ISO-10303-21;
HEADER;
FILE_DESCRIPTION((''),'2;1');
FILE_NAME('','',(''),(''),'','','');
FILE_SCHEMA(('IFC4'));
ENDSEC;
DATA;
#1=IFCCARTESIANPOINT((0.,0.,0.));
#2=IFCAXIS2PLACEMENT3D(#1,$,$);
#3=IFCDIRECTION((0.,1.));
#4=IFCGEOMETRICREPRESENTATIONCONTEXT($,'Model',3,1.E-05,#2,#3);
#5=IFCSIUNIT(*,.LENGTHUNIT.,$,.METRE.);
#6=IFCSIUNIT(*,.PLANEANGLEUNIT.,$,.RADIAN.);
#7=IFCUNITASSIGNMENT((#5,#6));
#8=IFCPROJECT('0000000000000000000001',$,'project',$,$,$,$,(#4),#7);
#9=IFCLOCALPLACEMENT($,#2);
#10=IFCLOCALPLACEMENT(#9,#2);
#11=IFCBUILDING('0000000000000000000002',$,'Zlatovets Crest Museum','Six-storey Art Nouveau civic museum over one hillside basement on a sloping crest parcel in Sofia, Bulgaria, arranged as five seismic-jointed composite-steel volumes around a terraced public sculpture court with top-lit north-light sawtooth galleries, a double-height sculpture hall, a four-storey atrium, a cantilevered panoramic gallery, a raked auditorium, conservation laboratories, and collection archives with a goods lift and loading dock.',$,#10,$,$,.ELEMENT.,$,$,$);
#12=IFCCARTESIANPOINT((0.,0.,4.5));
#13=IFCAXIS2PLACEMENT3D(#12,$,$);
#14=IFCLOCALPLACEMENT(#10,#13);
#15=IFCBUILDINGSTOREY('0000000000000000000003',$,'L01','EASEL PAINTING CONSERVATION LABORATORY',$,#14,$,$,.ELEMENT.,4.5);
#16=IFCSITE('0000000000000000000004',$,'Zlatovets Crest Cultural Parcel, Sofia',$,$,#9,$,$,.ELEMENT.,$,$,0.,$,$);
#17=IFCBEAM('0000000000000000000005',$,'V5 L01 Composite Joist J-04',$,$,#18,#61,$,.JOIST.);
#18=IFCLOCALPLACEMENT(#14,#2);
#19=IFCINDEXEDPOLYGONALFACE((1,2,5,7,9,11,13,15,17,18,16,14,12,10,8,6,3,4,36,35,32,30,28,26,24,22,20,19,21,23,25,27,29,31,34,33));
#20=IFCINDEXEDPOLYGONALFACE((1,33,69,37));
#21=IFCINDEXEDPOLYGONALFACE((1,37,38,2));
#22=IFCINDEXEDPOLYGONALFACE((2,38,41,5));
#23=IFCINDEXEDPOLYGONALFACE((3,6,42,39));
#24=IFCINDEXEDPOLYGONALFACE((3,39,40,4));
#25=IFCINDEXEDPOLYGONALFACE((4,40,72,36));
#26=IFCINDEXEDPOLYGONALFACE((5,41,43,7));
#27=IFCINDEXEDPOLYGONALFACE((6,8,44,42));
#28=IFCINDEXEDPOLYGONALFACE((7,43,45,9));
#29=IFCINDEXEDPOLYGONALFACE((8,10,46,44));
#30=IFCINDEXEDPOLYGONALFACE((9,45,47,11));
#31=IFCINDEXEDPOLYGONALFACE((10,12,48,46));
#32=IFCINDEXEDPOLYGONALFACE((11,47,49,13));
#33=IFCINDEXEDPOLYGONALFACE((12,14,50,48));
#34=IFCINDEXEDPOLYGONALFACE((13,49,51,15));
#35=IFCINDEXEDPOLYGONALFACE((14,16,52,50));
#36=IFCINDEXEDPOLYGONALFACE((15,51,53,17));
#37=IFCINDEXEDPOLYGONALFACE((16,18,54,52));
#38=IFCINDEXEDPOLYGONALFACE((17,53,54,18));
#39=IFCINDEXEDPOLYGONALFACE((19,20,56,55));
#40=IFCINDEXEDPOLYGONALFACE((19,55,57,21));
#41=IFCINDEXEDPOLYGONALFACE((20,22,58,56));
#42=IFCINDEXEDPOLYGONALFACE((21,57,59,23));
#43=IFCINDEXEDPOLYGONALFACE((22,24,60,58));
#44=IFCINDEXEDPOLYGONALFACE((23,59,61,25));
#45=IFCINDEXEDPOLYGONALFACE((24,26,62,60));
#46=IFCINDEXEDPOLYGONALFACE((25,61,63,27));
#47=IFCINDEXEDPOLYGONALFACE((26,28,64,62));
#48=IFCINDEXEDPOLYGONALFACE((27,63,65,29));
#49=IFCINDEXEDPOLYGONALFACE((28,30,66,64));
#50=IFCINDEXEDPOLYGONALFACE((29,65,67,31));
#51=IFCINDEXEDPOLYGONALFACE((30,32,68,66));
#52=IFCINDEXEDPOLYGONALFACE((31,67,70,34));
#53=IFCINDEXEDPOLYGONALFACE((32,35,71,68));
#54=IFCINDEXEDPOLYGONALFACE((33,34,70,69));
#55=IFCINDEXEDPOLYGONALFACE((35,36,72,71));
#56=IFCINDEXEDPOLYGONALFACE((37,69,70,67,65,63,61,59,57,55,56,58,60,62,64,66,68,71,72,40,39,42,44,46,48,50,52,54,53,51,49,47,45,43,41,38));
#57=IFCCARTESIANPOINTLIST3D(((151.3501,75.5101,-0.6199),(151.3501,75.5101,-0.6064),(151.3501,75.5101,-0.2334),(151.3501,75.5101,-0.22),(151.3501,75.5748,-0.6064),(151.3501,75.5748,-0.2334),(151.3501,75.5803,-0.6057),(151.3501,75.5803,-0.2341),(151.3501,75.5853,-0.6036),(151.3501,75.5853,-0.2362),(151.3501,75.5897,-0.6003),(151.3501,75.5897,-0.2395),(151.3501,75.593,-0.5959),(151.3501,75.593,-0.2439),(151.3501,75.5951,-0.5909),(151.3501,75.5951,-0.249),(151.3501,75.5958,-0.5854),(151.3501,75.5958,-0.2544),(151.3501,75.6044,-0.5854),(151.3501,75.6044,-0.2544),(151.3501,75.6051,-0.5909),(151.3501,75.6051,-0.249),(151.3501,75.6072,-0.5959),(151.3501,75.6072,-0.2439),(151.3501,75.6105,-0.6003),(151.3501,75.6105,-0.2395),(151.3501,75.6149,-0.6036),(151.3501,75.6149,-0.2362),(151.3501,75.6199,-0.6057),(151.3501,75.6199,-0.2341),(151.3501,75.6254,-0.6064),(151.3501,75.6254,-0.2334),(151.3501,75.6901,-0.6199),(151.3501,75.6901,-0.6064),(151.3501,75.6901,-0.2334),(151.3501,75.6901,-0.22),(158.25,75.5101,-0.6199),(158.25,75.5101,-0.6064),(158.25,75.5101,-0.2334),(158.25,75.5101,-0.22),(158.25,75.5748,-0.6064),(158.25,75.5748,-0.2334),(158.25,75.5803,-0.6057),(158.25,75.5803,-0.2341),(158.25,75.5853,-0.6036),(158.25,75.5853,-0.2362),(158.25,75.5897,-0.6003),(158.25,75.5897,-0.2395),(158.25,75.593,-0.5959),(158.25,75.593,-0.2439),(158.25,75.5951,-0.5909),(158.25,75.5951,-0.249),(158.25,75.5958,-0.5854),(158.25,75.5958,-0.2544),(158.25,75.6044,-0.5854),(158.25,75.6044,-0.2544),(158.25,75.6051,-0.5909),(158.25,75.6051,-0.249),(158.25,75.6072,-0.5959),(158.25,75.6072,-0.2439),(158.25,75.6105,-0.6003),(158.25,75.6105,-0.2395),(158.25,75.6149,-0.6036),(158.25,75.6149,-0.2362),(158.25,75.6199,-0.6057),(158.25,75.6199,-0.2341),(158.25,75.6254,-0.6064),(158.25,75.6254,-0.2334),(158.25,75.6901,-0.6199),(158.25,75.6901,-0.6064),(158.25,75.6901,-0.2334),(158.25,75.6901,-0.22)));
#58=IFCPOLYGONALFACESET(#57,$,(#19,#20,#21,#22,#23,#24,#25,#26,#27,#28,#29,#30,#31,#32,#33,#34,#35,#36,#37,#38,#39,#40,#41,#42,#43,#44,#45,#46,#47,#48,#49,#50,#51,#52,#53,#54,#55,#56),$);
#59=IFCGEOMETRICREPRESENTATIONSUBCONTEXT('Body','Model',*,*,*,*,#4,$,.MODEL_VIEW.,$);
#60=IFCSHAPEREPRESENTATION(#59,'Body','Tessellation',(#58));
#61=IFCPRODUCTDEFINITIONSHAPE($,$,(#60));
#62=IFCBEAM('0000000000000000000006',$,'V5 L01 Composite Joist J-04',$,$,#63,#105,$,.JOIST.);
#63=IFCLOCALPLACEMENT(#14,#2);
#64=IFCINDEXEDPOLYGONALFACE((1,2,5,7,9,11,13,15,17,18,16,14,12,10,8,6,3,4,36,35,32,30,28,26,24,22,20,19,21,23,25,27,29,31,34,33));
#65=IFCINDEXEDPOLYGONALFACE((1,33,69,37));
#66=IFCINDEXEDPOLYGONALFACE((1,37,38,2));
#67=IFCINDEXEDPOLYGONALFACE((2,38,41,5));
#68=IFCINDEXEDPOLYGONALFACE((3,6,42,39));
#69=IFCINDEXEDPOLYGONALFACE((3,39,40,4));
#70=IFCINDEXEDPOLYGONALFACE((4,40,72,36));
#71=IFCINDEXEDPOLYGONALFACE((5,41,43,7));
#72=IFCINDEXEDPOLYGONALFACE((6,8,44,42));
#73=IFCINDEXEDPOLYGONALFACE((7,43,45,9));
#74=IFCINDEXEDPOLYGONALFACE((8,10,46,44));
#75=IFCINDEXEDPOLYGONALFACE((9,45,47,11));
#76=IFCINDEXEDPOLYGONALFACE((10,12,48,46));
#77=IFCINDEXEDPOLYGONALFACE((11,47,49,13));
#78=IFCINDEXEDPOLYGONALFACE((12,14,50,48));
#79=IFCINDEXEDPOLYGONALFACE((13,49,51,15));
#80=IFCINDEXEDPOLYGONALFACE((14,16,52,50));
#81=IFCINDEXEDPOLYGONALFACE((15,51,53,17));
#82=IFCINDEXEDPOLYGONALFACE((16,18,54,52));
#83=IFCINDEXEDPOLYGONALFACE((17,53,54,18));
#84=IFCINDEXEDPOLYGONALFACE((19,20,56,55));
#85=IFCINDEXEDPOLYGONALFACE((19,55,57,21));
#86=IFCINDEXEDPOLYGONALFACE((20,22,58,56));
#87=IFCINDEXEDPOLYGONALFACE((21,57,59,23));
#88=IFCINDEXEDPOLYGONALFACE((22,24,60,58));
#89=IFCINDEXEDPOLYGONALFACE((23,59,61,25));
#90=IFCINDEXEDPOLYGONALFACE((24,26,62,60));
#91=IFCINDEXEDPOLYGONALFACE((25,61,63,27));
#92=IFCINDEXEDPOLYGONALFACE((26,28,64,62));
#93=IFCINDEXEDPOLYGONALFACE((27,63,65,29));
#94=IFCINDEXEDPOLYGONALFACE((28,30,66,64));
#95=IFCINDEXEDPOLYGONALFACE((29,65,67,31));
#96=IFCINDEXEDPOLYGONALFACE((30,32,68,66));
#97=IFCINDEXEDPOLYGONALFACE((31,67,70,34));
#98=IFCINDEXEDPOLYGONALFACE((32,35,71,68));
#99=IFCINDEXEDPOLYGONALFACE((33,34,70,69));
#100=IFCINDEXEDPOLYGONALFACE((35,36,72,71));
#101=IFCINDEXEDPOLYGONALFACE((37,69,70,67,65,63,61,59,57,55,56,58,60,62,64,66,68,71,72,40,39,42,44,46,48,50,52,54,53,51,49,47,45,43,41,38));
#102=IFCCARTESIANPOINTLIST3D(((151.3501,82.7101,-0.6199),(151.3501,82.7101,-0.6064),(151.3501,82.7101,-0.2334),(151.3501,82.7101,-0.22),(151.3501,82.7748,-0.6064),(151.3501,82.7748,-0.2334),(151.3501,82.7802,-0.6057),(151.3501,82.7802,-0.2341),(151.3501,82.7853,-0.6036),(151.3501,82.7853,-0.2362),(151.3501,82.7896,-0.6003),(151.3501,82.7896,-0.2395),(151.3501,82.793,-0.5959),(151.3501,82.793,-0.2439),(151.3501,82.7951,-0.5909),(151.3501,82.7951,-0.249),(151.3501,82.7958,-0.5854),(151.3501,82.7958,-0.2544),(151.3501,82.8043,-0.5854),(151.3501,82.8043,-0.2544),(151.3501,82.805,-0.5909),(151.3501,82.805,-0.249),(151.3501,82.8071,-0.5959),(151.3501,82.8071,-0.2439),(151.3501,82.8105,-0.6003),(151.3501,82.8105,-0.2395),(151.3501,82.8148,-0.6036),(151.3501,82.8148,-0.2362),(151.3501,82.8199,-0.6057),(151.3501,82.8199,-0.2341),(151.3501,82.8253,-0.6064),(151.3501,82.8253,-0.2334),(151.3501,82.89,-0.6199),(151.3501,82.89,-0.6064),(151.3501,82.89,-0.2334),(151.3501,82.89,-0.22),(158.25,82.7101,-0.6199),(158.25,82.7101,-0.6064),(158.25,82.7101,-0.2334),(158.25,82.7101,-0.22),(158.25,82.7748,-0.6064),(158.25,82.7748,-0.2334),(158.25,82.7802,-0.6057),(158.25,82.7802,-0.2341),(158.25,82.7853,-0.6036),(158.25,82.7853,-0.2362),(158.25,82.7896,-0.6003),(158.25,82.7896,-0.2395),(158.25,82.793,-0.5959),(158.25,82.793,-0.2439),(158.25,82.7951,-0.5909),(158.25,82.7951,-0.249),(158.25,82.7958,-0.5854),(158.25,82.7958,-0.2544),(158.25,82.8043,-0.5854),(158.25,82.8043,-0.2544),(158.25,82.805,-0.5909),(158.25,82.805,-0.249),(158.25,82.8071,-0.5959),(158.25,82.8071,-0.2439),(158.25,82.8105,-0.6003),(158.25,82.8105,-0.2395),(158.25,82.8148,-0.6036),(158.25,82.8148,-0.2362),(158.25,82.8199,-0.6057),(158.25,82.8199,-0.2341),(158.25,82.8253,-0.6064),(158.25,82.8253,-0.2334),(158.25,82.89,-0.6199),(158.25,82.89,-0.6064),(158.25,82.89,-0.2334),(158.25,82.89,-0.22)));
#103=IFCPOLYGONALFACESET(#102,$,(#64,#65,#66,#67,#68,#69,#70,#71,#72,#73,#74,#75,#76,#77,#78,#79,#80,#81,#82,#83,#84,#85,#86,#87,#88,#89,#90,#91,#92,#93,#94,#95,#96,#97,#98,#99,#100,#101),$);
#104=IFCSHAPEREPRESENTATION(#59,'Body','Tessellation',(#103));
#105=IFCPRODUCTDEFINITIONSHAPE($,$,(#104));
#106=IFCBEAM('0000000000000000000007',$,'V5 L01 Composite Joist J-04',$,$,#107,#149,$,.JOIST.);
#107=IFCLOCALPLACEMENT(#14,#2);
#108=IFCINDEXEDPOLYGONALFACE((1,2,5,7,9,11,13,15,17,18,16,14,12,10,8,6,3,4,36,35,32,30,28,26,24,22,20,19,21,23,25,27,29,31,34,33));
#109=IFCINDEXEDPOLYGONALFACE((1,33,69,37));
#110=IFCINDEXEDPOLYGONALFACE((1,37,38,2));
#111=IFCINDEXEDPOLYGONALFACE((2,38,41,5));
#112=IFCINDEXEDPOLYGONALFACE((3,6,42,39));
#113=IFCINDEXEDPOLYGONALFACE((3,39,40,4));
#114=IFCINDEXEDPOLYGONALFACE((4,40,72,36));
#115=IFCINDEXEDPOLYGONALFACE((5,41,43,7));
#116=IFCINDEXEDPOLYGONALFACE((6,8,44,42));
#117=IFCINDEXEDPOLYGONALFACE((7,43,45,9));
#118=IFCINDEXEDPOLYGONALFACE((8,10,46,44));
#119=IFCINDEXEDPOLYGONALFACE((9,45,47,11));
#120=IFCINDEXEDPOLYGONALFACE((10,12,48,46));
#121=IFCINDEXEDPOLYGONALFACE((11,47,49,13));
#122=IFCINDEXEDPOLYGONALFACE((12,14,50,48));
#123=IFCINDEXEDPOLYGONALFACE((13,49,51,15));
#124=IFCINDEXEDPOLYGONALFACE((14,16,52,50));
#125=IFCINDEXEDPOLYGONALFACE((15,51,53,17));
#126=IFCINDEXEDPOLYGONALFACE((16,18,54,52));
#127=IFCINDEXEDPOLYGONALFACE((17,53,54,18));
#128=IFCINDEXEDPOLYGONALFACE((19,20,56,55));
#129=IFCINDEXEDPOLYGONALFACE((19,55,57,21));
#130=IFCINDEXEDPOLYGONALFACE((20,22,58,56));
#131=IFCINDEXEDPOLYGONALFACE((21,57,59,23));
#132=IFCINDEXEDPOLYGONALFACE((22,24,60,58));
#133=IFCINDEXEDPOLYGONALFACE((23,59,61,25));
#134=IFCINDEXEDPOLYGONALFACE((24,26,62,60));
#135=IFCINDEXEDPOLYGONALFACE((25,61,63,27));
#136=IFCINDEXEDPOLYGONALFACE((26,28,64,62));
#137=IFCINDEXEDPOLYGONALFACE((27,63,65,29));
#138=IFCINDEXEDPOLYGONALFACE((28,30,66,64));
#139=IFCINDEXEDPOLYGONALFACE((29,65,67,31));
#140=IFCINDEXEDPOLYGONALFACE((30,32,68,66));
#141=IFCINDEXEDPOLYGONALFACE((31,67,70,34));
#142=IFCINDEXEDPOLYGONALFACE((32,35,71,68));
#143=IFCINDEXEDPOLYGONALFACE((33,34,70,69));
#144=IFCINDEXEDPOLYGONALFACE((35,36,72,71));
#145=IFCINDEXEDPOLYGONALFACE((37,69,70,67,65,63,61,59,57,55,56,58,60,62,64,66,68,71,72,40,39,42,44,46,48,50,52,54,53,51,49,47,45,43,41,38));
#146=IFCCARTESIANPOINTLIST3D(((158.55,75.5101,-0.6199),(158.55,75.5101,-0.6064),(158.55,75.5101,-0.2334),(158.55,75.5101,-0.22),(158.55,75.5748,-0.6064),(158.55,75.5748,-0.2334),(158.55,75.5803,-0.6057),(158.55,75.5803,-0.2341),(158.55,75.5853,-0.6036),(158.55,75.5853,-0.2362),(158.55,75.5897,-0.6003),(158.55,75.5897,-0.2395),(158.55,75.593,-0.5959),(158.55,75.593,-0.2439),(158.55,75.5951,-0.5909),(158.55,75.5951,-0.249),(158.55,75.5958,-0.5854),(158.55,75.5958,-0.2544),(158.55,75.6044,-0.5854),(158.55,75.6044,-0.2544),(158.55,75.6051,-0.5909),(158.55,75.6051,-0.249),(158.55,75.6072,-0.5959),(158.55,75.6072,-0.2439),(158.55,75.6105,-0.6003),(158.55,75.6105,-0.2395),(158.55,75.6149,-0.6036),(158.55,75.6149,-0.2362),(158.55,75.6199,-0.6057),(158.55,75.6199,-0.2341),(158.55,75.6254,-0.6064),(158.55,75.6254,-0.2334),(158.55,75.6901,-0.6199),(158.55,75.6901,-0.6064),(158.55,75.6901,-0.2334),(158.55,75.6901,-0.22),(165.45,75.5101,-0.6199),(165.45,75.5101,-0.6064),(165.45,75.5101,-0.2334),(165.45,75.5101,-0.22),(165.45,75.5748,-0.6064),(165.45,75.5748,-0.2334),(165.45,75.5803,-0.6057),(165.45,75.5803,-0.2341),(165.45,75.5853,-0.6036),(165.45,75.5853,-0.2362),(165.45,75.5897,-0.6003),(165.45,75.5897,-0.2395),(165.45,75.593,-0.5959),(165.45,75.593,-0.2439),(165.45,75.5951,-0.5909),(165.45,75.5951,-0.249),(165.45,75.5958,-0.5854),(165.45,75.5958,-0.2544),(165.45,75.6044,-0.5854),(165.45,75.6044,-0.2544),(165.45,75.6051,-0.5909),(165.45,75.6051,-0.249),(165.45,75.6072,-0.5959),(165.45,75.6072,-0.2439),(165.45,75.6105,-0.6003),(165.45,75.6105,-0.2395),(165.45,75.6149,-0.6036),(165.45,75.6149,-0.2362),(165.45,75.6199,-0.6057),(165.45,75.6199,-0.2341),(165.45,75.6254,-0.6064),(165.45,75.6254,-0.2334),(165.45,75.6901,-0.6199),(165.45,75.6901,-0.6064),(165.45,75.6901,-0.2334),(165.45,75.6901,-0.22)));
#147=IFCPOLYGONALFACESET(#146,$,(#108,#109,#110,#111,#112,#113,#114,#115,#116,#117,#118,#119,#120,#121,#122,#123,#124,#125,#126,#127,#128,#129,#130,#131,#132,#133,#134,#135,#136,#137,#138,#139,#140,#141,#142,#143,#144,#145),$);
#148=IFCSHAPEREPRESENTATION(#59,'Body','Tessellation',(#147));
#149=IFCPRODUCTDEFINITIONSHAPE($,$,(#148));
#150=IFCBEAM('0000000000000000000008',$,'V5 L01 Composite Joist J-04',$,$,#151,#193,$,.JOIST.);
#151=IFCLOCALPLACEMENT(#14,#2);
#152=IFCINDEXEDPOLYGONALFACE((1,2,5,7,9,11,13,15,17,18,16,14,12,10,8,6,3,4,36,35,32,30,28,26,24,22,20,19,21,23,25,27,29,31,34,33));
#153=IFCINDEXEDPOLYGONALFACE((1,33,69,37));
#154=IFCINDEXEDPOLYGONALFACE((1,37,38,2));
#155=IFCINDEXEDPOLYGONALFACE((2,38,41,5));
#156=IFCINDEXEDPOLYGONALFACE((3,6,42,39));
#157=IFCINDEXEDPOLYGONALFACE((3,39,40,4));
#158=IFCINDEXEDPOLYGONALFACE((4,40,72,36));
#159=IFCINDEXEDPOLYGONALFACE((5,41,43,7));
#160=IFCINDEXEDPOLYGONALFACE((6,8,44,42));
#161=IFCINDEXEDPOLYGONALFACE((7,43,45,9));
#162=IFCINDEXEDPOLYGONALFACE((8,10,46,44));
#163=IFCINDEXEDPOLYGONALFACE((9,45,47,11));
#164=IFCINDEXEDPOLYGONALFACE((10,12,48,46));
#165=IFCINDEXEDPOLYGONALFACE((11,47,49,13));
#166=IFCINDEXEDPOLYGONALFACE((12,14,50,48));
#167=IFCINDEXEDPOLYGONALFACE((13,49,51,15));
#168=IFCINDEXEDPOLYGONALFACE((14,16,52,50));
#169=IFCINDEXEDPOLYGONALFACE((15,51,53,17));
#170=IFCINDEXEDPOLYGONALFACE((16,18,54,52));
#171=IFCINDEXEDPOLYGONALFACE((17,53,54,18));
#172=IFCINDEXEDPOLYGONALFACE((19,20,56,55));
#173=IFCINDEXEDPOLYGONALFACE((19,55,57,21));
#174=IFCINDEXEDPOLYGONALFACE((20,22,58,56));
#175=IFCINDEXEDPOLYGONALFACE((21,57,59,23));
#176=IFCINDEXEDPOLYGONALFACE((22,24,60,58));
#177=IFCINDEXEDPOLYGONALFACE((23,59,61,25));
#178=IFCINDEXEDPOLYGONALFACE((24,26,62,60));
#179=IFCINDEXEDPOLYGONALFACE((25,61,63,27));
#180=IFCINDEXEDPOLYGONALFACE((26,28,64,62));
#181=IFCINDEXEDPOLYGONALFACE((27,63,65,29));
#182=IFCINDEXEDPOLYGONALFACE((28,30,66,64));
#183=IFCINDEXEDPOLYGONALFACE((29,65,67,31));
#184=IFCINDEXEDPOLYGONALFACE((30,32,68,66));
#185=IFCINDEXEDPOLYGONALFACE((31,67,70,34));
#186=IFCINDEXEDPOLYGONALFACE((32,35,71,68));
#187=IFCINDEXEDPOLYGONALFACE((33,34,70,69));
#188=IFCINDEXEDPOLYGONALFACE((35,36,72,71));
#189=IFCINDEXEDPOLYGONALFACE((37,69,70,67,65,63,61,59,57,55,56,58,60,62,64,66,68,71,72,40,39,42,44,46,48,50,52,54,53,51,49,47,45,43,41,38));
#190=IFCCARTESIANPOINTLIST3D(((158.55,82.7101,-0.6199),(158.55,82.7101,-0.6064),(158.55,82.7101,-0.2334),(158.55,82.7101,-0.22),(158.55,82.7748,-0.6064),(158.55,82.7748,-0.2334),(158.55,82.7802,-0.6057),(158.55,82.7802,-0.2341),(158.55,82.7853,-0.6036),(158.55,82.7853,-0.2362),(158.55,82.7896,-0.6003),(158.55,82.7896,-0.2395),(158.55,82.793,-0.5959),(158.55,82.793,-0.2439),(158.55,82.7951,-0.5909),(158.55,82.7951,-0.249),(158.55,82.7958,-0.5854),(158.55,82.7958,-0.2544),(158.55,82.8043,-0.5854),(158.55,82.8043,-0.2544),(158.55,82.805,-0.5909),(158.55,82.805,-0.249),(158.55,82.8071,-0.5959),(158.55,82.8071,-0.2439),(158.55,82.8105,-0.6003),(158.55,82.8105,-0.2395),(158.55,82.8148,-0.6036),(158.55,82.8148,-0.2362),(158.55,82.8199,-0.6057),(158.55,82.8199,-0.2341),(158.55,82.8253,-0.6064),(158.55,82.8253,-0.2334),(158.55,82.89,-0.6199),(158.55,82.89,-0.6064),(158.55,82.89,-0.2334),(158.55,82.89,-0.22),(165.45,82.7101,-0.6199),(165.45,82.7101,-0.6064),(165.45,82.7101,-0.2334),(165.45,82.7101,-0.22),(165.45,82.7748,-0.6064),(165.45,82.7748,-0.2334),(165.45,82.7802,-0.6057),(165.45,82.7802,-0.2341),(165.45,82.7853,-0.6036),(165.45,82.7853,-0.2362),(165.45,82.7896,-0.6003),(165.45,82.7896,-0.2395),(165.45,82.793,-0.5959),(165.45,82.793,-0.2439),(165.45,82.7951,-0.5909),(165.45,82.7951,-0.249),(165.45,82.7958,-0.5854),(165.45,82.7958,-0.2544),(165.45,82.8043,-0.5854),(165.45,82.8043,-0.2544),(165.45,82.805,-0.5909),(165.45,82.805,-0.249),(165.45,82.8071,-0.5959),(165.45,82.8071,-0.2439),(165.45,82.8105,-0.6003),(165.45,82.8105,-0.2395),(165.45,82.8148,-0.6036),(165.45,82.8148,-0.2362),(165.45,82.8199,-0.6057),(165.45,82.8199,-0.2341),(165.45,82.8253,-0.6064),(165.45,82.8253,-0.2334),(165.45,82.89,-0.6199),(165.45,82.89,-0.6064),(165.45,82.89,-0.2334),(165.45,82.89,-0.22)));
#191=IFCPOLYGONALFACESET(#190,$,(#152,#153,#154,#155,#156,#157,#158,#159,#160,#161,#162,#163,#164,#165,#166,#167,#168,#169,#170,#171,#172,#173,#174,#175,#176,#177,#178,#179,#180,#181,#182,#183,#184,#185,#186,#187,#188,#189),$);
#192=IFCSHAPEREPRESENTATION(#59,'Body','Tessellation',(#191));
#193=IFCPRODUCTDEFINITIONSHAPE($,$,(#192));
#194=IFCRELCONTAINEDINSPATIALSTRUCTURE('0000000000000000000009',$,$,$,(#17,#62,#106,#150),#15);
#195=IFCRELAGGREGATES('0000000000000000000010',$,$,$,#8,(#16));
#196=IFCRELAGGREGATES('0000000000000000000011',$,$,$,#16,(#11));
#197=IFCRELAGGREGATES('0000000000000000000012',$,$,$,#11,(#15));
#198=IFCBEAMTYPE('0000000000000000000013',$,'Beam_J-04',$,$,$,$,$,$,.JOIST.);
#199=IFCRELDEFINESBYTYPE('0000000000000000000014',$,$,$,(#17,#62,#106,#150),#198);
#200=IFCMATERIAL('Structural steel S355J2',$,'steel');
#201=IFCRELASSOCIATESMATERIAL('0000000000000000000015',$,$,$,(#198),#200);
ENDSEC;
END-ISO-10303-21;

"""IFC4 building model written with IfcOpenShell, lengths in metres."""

from ifc_helpers import new_model, si_unit, direction, frame, origin, origin_2d, place, context, subcontext, project, spatial, i_section, extrude, material, material_profile, profile_set, type_object, element, save


model = new_model("IFC4")

# Units and contexts
model_context = context("Model", 3, precision=1e-05, world=origin(), true_north=direction((0.0, 1.0)))
body_context = subcontext(model_context, "Body", "Model", "MODEL_VIEW")
ifc_project = project(units=[si_unit("LENGTHUNIT", "METRE"), si_unit("PLANEANGLEUNIT", "RADIAN")], contexts=[model_context])

# Site, building, storey
site_placement = place(None, origin())
site = spatial("IfcSite", under=ifc_project, at=site_placement, Name="Zlatovets Crest Cultural Parcel, Sofia", CompositionType="ELEMENT", RefElevation=0.0)
building_placement = place(site_placement, origin())
building = spatial("IfcBuilding", under=site, at=building_placement, Name="Zlatovets Crest Museum", Description="Six-storey Art Nouveau civic museum over one hillside basement on a sloping crest parcel in Sofia, Bulgaria, arranged as five seismic-jointed composite-steel volumes around a terraced public sculpture court with top-lit north-light sawtooth galleries, a double-height sculpture hall, a four-storey atrium, a cantilevered panoramic gallery, a raked auditorium, conservation laboratories, and collection archives with a goods lift and loading dock.", CompositionType="ELEMENT")
storey_placement = place(building_placement, frame((0.0, 0.0, 4.5)))
storey = spatial("IfcBuildingStorey", under=building, at=storey_placement, Name="L01", Description="EASEL PAINTING CONSERVATION LABORATORY", CompositionType="ELEMENT", Elevation=4.5)

# Shared definitions
ifc_material_1 = material(Name="Structural steel S355J2", Category="steel")

# Beams
ifc_material_profile_1 = material_profile(ifc_material_1, i_section(OverallWidth=0.1799, OverallDepth=0.3999, WebThickness=0.0085, FlangeThickness=0.0134, FilletRadius=0.021, at=origin_2d()), Name="IPE 400")
ifc_profile_set_1 = profile_set([ifc_material_profile_1], Name="Structural steel S355J2")
beam_type_1 = type_object("IfcBeamType", Name="Beam_J-04", PredefinedType="JOIST", material=ifc_profile_set_1)
for number, where, z_axis, x_axis, name in (
    (1, (151.3501, 75.6001, -0.4199), (1.0, 0.0, 0.0), (0.0, 1.0, 0.0), "V5 L01 Composite Joist J-04"),
    (2, (151.3501, 82.8, -0.4199), (1.0, 0.0, 0.0), (0.0, 1.0, 0.0), "V5 L01 Composite Joist J-04"),
    (3, (158.55, 75.6001, -0.4199), (1.0, 0.0, 0.0), (0.0, 1.0, 0.0), "V5 L01 Composite Joist J-04"),
    (4, (158.55, 82.8, -0.4199), (1.0, 0.0, 0.0), (0.0, 1.0, 0.0), "V5 L01 Composite Joist J-04"),
):
    element("IfcBeam", number, at=place(storey_placement, frame(where, z_axis=z_axis, x_axis=x_axis)), inside=storey, type_object=beam_type_1, Name=name, PredefinedType="JOIST", context=body_context, shape_type="SweptSolid", body=[
        extrude(i_section(OverallWidth=0.1799, OverallDepth=0.3999, WebThickness=0.0085, FlangeThickness=0.0134, FilletRadius=0.021, at=origin_2d()), origin(), (0.0, 0.0, 1.0), 6.8999),
    ])

save(model, "model.ifc")
